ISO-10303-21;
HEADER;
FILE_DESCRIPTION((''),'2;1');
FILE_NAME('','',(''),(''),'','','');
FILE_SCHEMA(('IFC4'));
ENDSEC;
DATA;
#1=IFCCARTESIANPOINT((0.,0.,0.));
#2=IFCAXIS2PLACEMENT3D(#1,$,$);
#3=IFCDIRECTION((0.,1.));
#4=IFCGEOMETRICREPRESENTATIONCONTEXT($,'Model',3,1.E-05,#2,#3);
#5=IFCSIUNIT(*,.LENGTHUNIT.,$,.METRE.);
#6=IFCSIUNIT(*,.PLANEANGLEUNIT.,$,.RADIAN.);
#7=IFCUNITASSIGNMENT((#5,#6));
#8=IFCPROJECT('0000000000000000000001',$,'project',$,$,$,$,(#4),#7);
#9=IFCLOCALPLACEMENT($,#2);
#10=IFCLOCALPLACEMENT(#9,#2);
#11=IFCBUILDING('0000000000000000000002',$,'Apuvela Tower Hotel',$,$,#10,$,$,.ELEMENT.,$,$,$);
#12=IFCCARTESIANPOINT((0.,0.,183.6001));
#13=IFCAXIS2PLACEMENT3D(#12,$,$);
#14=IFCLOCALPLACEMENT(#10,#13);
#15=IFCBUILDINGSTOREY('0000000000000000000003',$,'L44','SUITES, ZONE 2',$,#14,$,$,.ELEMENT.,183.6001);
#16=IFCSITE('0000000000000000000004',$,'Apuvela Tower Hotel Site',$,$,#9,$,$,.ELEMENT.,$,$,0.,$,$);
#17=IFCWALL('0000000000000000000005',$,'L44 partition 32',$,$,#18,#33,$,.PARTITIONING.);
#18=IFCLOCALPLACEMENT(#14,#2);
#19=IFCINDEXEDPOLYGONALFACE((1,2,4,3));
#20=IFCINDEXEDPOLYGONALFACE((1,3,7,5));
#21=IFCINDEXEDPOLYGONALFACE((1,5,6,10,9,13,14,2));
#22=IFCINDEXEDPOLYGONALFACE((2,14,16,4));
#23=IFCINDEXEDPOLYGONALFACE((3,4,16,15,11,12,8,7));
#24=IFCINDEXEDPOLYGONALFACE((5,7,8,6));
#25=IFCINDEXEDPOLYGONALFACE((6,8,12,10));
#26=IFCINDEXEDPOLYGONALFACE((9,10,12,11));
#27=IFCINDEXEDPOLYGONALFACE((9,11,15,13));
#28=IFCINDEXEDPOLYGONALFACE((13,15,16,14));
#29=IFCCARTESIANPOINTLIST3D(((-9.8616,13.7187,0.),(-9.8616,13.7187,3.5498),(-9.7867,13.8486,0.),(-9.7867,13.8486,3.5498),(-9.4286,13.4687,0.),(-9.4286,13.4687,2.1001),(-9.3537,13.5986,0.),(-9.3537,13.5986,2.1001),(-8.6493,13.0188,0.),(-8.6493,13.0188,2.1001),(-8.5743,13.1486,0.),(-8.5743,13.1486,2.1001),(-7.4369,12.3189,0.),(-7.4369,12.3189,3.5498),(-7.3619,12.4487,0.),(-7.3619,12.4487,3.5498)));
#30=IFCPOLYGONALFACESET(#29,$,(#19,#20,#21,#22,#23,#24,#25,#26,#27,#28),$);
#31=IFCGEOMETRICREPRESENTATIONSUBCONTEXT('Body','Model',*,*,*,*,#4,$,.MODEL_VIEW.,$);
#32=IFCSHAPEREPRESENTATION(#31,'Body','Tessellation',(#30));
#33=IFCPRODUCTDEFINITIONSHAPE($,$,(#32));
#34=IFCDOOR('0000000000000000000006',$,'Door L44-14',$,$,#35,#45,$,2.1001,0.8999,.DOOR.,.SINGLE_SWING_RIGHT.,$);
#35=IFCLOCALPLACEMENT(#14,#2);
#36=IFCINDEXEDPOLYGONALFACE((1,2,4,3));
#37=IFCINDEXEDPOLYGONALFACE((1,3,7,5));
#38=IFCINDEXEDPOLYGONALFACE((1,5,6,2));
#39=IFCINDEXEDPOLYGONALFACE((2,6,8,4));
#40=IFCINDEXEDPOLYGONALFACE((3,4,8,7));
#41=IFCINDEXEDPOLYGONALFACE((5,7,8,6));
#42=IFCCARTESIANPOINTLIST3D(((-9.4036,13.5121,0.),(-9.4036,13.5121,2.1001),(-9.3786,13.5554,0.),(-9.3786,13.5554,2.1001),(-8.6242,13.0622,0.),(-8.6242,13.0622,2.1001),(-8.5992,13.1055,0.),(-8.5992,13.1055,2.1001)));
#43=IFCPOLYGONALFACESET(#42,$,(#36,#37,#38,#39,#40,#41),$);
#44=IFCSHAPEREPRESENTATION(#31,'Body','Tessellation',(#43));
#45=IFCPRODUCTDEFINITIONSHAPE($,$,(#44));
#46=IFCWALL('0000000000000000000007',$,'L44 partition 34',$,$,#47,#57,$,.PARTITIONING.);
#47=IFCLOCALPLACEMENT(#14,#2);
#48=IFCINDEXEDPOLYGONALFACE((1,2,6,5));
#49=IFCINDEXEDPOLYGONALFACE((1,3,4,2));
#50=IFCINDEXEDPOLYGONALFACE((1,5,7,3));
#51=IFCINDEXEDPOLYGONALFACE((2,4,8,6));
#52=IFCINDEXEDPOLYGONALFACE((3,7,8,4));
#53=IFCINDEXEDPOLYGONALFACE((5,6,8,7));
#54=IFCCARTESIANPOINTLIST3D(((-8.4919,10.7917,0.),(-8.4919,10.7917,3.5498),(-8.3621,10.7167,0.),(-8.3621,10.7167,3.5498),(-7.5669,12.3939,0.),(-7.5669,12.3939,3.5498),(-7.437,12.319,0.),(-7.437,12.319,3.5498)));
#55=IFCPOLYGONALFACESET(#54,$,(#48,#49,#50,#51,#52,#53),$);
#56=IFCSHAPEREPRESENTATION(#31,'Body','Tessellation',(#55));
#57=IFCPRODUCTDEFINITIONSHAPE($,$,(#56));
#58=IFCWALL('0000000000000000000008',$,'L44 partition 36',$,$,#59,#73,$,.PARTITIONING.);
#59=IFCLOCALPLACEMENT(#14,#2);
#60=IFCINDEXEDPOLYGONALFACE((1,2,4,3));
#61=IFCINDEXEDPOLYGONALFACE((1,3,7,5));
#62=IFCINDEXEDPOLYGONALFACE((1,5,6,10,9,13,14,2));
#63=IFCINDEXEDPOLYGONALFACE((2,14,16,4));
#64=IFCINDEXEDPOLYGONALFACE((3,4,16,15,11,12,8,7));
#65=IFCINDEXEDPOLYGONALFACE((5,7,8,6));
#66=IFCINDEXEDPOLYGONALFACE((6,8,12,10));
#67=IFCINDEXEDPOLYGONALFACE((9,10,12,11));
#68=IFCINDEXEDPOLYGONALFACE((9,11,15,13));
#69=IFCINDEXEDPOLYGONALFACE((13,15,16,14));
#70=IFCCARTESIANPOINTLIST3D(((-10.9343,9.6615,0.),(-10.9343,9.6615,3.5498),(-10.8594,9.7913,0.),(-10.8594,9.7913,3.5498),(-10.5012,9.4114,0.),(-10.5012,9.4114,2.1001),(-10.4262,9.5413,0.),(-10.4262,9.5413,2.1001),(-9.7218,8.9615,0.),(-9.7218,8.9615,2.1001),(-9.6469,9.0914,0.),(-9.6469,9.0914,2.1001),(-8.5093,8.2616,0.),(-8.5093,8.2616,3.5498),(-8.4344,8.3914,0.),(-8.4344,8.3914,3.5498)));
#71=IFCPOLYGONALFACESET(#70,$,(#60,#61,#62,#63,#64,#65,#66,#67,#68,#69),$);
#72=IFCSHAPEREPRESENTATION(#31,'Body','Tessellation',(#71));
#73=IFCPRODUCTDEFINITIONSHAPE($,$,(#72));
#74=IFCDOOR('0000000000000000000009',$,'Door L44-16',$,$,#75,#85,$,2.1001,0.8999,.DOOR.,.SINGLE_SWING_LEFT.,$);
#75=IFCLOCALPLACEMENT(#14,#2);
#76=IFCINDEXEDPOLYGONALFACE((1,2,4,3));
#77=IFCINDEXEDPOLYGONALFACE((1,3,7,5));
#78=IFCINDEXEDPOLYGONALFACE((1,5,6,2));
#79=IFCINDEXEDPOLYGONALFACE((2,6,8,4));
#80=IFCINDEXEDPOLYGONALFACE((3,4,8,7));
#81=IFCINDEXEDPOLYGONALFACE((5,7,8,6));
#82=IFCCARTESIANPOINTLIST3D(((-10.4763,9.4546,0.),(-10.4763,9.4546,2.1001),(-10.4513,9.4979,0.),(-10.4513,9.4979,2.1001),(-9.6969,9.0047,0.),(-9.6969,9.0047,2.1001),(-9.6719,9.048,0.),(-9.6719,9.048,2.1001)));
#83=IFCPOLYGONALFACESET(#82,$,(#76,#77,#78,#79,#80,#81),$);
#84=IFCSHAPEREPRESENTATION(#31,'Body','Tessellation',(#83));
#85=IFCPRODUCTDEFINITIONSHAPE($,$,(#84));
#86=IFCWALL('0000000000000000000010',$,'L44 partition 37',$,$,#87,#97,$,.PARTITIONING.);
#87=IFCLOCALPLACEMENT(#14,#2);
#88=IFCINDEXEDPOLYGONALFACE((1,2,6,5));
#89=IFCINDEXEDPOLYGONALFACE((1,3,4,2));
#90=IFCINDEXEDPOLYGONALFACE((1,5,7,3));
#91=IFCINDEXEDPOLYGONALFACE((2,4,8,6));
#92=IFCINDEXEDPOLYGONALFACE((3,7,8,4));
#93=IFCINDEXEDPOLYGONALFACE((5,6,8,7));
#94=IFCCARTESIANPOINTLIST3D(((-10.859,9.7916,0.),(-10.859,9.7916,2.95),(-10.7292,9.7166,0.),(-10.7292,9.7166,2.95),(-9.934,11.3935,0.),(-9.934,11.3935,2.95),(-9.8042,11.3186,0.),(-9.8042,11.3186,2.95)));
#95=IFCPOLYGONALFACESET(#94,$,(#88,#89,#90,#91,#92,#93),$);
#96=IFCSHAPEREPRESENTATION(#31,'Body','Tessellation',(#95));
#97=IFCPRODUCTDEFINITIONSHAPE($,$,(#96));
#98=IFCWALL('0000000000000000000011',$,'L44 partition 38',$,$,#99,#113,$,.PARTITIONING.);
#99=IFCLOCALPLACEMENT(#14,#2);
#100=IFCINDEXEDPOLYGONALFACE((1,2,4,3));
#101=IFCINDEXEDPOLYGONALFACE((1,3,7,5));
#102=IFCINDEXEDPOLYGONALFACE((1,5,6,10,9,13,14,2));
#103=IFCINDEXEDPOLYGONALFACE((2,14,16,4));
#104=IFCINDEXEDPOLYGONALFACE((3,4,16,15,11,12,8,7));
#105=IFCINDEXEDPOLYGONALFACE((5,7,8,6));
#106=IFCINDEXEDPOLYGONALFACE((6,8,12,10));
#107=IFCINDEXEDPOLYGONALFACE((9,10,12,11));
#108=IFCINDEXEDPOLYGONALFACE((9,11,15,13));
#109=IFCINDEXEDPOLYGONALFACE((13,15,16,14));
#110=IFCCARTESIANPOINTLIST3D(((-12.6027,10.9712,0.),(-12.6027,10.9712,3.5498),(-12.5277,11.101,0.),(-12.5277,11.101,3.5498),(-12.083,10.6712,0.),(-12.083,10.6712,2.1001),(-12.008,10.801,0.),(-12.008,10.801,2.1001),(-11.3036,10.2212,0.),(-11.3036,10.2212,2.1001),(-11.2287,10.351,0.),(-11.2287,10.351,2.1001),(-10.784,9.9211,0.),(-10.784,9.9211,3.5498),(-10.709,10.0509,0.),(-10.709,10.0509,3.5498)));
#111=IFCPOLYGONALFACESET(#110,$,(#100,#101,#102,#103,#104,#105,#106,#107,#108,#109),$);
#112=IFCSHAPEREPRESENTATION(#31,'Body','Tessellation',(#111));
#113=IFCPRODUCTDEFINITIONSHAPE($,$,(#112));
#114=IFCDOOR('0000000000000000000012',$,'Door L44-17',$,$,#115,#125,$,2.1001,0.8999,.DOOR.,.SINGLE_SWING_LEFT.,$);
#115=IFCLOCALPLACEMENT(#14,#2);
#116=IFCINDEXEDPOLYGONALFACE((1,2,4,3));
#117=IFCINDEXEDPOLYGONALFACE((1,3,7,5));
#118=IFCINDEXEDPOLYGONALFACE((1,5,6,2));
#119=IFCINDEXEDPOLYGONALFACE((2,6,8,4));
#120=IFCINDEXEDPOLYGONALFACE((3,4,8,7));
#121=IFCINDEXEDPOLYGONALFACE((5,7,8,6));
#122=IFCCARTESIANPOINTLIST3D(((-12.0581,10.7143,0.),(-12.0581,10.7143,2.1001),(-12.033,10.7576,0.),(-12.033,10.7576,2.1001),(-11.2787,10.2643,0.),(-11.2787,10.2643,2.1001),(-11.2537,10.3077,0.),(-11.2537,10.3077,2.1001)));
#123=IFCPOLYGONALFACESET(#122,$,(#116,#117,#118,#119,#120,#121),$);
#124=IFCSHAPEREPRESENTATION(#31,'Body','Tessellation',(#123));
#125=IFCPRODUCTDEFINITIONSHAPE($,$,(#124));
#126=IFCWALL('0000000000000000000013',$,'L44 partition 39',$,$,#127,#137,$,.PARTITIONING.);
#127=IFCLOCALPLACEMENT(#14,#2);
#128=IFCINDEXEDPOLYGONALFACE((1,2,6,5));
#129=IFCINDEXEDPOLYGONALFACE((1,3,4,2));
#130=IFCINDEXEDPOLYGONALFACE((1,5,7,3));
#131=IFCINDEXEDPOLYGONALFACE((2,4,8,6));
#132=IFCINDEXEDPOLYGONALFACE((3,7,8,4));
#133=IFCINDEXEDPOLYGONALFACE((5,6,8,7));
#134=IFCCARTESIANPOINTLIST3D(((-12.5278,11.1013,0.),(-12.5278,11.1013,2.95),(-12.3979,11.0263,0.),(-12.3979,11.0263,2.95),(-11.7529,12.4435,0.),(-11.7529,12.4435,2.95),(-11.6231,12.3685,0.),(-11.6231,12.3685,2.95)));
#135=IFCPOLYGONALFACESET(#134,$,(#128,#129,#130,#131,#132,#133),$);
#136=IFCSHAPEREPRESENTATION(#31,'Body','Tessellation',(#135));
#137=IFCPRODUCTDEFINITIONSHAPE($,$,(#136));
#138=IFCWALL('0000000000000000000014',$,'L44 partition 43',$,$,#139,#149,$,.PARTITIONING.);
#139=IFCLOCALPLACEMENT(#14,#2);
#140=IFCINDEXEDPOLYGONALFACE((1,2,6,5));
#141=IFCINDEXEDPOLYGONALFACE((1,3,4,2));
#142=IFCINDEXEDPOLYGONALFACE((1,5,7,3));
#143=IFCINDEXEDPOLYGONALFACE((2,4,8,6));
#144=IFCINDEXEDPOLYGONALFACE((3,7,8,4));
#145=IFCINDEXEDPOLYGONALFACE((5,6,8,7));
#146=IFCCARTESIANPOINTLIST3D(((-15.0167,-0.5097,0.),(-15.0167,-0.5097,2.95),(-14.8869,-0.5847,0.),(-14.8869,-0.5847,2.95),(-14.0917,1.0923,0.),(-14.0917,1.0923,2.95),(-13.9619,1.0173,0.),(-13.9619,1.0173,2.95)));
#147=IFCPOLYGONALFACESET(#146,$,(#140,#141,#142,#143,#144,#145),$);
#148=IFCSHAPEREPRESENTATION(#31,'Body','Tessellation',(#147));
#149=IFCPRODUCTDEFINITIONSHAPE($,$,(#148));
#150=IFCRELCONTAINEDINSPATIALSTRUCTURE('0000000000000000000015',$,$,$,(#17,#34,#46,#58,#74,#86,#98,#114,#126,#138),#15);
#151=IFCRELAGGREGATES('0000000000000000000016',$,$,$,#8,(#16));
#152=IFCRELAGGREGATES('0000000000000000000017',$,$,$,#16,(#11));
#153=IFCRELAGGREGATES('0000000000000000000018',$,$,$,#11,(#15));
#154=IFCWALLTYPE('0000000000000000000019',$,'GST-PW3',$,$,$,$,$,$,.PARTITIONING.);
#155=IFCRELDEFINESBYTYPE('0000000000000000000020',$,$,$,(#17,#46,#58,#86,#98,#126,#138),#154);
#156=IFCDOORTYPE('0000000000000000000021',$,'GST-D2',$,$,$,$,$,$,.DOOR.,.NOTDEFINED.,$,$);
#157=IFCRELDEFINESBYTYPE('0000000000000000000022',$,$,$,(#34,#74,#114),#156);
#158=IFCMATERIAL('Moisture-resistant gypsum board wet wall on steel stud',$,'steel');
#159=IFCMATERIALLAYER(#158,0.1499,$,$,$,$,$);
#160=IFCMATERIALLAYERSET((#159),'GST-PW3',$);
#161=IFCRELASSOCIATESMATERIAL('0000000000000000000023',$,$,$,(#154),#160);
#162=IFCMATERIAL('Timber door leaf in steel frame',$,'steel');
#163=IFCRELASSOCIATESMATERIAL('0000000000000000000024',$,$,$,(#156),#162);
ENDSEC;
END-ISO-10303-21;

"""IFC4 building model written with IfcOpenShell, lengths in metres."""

from ifc_helpers import new_model, si_unit, direction, frame, frame_2d, origin, place, context, subcontext, project, spatial, rectangle, extrude, material, layer, layer_set, type_object, element, fill, save


model = new_model("IFC4")

# Units and contexts
model_context = context("Model", 3, precision=1e-05, world=origin(), true_north=direction((0.0, 1.0)))
body_context = subcontext(model_context, "Body", "Model", "MODEL_VIEW")
ifc_project = project(units=[si_unit("LENGTHUNIT", "METRE"), si_unit("PLANEANGLEUNIT", "RADIAN")], contexts=[model_context])

# Site, building, storey
site_placement = place(None, origin())
site = spatial("IfcSite", under=ifc_project, at=site_placement, Name="Apuvela Tower Hotel Site", CompositionType="ELEMENT", RefElevation=0.0)
building_placement = place(site_placement, origin())
building = spatial("IfcBuilding", under=site, at=building_placement, Name="Apuvela Tower Hotel", CompositionType="ELEMENT")
storey_placement = place(building_placement, frame((0.0, 0.0, 183.6001)))
storey = spatial("IfcBuildingStorey", under=building, at=storey_placement, Name="L44", Description="SUITES, ZONE 2", CompositionType="ELEMENT", Elevation=183.6001)

# Wall, opening, door
ifc_material_1 = material(Name="Timber door leaf in steel frame", Category="steel")
ifc_material_2 = material(Name="Moisture-resistant gypsum board wet wall on steel stud", Category="steel")
ifc_layer_1 = layer(ifc_material_2, 0.1499)
ifc_layer_set_1 = layer_set([ifc_layer_1], Name="GST-PW3")
wall_type_1 = type_object("IfcWallType", Name="GST-PW3", PredefinedType="PARTITIONING", material=ifc_layer_set_1)
wall_1_placement = place(storey_placement, frame((-7.3994, 12.3838, 0.0), z_axis=(0.0, 0.0, 1.0), x_axis=(-0.866035, 0.499984, 0.0)))
wall_1 = element("IfcWall", 1, at=wall_1_placement, inside=storey, type_object=wall_type_1, Name="L44 partition 32", PredefinedType="PARTITIONING", context=body_context, shape_type="SweptSolid", body=[
    extrude(rectangle(XDim=2.7998, YDim=0.1499, at=frame_2d((1.3999, 0.0))), origin(), (0.0, 0.0, 1.0), 3.5498),
])
opening_1_placement = place(wall_1_placement, frame((1.3999, 0.0, 0.0)))
opening_1 = element("IfcOpeningElement", 2, at=opening_1_placement, cuts=wall_1, PredefinedType="OPENING", context=body_context, shape_type="SweptSolid", body=[
    extrude(rectangle(XDim=0.8999, YDim=2.1001, at=frame_2d((0.45, 1.05))), frame((0.0, 0.085, 0.0), z_axis=(0.0, -1.0, 0.0), x_axis=(1.0, 0.0, 0.0)), (0.0, 0.0, 1.0), 0.1699),
])
door_type_1 = type_object("IfcDoorType", Name="GST-D2", OperationType="NOTDEFINED", PredefinedType="DOOR", material=ifc_material_1)
door_1_placement = place(opening_1_placement, origin())
door_1 = element("IfcDoor", 3, at=door_1_placement, inside=storey, type_object=door_type_1, Name="Door L44-14", OperationType="SINGLE_SWING_RIGHT", OverallHeight=2.1001, OverallWidth=0.8999, PredefinedType="DOOR", context=body_context, shape_type="SweptSolid", body=[
    extrude(rectangle(XDim=0.8999, YDim=2.1001, at=frame_2d((0.45, 1.05))), frame((0.0, 0.0249, 0.0), z_axis=(0.0, -1.0, 0.0), x_axis=(1.0, 0.0, 0.0)), (0.0, 0.0, 1.0), 0.05),
])
fill(opening_1, door_1)

# Wall
wall_2_placement = place(storey_placement, frame((-7.502, 12.3564, 0.0), z_axis=(0.0, 0.0, 1.0), x_axis=(-0.499985, -0.866034, 0.0)))
element("IfcWall", 4, at=wall_2_placement, inside=storey, type_object=wall_type_1, Name="L44 partition 34", PredefinedType="PARTITIONING", context=body_context, shape_type="SweptSolid", body=[
    extrude(rectangle(XDim=1.8501, YDim=0.1499, at=frame_2d((0.925, 0.0))), origin(), (0.0, 0.0, 1.0), 3.5498),
])

# Wall, opening, door
wall_3_placement = place(storey_placement, frame((-10.8967, 9.7263, 0.0), z_axis=(0.0, 0.0, 1.0), x_axis=(0.866056, -0.499946, 0.0)))
wall_3 = element("IfcWall", 5, at=wall_3_placement, inside=storey, type_object=wall_type_1, Name="L44 partition 36", PredefinedType="PARTITIONING", context=body_context, shape_type="SweptSolid", body=[
    extrude(rectangle(XDim=2.8, YDim=0.1499, at=frame_2d((1.3999, 0.0))), origin(), (0.0, 0.0, 1.0), 3.5498),
])
opening_2_placement = place(wall_3_placement, frame((0.5, 0.0, 0.0)))
opening_2 = element("IfcOpeningElement", 6, at=opening_2_placement, cuts=wall_3, PredefinedType="OPENING", context=body_context, shape_type="SweptSolid", body=[
    extrude(rectangle(XDim=0.8999, YDim=2.1001, at=frame_2d((0.45, 1.05))), frame((0.0, 0.085, 0.0), z_axis=(0.0, -1.0, 0.0), x_axis=(1.0, 0.0, 0.0)), (0.0, 0.0, 1.0), 0.1699),
])
door_2_placement = place(opening_2_placement, origin())
door_2 = element("IfcDoor", 7, at=door_2_placement, inside=storey, type_object=door_type_1, Name="Door L44-16", OperationType="SINGLE_SWING_LEFT", OverallHeight=2.1001, OverallWidth=0.8999, PredefinedType="DOOR", context=body_context, shape_type="SweptSolid", body=[
    extrude(rectangle(XDim=0.8999, YDim=2.1001, at=frame_2d((0.45, 1.05))), frame((0.0, 0.0249, 0.0), z_axis=(0.0, -1.0, 0.0), x_axis=(1.0, 0.0, 0.0)), (0.0, 0.0, 1.0), 0.05),
])
fill(opening_2, door_2)

# Wall
wall_4_placement = place(storey_placement, frame((-9.8691, 11.356, 0.0), z_axis=(0.0, 0.0, 1.0), x_axis=(-0.500042, -0.866001, 0.0)))
element("IfcWall", 8, at=wall_4_placement, inside=storey, type_object=wall_type_1, Name="L44 partition 37", PredefinedType="PARTITIONING", context=body_context, shape_type="SweptSolid", body=[
    extrude(rectangle(XDim=1.8499, YDim=0.1499, at=frame_2d((0.9248, 0.0))), origin(), (0.0, 0.0, 1.0), 2.95),
])

# Wall, opening, door
wall_5_placement = place(storey_placement, frame((-12.5652, 11.0361, 0.0), z_axis=(0.0, 0.0, 1.0), x_axis=(0.866009, -0.500028, 0.0)))
wall_5 = element("IfcWall", 9, at=wall_5_placement, inside=storey, type_object=wall_type_1, Name="L44 partition 38", PredefinedType="PARTITIONING", context=body_context, shape_type="SweptSolid", body=[
    extrude(rectangle(XDim=2.1001, YDim=0.1499, at=frame_2d((1.05, 0.0))), origin(), (0.0, 0.0, 1.0), 3.5498),
])
opening_3_placement = place(wall_5_placement, frame((0.6001, 0.0, 0.0)))
opening_3 = element("IfcOpeningElement", 10, at=opening_3_placement, cuts=wall_5, PredefinedType="OPENING", context=body_context, shape_type="SweptSolid", body=[
    extrude(rectangle(XDim=0.8999, YDim=2.1001, at=frame_2d((0.45, 1.05))), frame((0.0, 0.085, 0.0), z_axis=(0.0, -1.0, 0.0), x_axis=(1.0, 0.0, 0.0)), (0.0, 0.0, 1.0), 0.1699),
])
door_3_placement = place(opening_3_placement, origin())
door_3 = element("IfcDoor", 11, at=door_3_placement, inside=storey, type_object=door_type_1, Name="Door L44-17", OperationType="SINGLE_SWING_LEFT", OverallHeight=2.1001, OverallWidth=0.8999, PredefinedType="DOOR", context=body_context, shape_type="SweptSolid", body=[
    extrude(rectangle(XDim=0.8999, YDim=2.1001, at=frame_2d((0.45, 1.05))), frame((0.0, 0.0249, 0.0), z_axis=(0.0, -1.0, 0.0), x_axis=(1.0, 0.0, 0.0)), (0.0, 0.0, 1.0), 0.05),
])
fill(opening_3, door_3)

# Walls
wall_6_placement = place(storey_placement, frame((-11.688, 12.406, 0.0), z_axis=(0.0, 0.0, 1.0), x_axis=(-0.499968, -0.866044, 0.0)))
element("IfcWall", 12, at=wall_6_placement, inside=storey, type_object=wall_type_1, Name="L44 partition 39", PredefinedType="PARTITIONING", context=body_context, shape_type="SweptSolid", body=[
    extrude(rectangle(XDim=1.5498, YDim=0.1499, at=frame_2d((0.7749, 0.0))), origin(), (0.0, 0.0, 1.0), 2.95),
])
wall_7_placement = place(storey_placement, frame((-14.0269, 1.0547, 0.0), z_axis=(0.0, 0.0, 1.0), x_axis=(-0.500042, -0.866001, 0.0)))
element("IfcWall", 13, at=wall_7_placement, inside=storey, type_object=wall_type_1, Name="L44 partition 43", PredefinedType="PARTITIONING", context=body_context, shape_type="SweptSolid", body=[
    extrude(rectangle(XDim=1.8499, YDim=0.1499, at=frame_2d((0.9248, 0.0))), origin(), (0.0, 0.0, 1.0), 2.95),
])

save(model, "model.ifc")
